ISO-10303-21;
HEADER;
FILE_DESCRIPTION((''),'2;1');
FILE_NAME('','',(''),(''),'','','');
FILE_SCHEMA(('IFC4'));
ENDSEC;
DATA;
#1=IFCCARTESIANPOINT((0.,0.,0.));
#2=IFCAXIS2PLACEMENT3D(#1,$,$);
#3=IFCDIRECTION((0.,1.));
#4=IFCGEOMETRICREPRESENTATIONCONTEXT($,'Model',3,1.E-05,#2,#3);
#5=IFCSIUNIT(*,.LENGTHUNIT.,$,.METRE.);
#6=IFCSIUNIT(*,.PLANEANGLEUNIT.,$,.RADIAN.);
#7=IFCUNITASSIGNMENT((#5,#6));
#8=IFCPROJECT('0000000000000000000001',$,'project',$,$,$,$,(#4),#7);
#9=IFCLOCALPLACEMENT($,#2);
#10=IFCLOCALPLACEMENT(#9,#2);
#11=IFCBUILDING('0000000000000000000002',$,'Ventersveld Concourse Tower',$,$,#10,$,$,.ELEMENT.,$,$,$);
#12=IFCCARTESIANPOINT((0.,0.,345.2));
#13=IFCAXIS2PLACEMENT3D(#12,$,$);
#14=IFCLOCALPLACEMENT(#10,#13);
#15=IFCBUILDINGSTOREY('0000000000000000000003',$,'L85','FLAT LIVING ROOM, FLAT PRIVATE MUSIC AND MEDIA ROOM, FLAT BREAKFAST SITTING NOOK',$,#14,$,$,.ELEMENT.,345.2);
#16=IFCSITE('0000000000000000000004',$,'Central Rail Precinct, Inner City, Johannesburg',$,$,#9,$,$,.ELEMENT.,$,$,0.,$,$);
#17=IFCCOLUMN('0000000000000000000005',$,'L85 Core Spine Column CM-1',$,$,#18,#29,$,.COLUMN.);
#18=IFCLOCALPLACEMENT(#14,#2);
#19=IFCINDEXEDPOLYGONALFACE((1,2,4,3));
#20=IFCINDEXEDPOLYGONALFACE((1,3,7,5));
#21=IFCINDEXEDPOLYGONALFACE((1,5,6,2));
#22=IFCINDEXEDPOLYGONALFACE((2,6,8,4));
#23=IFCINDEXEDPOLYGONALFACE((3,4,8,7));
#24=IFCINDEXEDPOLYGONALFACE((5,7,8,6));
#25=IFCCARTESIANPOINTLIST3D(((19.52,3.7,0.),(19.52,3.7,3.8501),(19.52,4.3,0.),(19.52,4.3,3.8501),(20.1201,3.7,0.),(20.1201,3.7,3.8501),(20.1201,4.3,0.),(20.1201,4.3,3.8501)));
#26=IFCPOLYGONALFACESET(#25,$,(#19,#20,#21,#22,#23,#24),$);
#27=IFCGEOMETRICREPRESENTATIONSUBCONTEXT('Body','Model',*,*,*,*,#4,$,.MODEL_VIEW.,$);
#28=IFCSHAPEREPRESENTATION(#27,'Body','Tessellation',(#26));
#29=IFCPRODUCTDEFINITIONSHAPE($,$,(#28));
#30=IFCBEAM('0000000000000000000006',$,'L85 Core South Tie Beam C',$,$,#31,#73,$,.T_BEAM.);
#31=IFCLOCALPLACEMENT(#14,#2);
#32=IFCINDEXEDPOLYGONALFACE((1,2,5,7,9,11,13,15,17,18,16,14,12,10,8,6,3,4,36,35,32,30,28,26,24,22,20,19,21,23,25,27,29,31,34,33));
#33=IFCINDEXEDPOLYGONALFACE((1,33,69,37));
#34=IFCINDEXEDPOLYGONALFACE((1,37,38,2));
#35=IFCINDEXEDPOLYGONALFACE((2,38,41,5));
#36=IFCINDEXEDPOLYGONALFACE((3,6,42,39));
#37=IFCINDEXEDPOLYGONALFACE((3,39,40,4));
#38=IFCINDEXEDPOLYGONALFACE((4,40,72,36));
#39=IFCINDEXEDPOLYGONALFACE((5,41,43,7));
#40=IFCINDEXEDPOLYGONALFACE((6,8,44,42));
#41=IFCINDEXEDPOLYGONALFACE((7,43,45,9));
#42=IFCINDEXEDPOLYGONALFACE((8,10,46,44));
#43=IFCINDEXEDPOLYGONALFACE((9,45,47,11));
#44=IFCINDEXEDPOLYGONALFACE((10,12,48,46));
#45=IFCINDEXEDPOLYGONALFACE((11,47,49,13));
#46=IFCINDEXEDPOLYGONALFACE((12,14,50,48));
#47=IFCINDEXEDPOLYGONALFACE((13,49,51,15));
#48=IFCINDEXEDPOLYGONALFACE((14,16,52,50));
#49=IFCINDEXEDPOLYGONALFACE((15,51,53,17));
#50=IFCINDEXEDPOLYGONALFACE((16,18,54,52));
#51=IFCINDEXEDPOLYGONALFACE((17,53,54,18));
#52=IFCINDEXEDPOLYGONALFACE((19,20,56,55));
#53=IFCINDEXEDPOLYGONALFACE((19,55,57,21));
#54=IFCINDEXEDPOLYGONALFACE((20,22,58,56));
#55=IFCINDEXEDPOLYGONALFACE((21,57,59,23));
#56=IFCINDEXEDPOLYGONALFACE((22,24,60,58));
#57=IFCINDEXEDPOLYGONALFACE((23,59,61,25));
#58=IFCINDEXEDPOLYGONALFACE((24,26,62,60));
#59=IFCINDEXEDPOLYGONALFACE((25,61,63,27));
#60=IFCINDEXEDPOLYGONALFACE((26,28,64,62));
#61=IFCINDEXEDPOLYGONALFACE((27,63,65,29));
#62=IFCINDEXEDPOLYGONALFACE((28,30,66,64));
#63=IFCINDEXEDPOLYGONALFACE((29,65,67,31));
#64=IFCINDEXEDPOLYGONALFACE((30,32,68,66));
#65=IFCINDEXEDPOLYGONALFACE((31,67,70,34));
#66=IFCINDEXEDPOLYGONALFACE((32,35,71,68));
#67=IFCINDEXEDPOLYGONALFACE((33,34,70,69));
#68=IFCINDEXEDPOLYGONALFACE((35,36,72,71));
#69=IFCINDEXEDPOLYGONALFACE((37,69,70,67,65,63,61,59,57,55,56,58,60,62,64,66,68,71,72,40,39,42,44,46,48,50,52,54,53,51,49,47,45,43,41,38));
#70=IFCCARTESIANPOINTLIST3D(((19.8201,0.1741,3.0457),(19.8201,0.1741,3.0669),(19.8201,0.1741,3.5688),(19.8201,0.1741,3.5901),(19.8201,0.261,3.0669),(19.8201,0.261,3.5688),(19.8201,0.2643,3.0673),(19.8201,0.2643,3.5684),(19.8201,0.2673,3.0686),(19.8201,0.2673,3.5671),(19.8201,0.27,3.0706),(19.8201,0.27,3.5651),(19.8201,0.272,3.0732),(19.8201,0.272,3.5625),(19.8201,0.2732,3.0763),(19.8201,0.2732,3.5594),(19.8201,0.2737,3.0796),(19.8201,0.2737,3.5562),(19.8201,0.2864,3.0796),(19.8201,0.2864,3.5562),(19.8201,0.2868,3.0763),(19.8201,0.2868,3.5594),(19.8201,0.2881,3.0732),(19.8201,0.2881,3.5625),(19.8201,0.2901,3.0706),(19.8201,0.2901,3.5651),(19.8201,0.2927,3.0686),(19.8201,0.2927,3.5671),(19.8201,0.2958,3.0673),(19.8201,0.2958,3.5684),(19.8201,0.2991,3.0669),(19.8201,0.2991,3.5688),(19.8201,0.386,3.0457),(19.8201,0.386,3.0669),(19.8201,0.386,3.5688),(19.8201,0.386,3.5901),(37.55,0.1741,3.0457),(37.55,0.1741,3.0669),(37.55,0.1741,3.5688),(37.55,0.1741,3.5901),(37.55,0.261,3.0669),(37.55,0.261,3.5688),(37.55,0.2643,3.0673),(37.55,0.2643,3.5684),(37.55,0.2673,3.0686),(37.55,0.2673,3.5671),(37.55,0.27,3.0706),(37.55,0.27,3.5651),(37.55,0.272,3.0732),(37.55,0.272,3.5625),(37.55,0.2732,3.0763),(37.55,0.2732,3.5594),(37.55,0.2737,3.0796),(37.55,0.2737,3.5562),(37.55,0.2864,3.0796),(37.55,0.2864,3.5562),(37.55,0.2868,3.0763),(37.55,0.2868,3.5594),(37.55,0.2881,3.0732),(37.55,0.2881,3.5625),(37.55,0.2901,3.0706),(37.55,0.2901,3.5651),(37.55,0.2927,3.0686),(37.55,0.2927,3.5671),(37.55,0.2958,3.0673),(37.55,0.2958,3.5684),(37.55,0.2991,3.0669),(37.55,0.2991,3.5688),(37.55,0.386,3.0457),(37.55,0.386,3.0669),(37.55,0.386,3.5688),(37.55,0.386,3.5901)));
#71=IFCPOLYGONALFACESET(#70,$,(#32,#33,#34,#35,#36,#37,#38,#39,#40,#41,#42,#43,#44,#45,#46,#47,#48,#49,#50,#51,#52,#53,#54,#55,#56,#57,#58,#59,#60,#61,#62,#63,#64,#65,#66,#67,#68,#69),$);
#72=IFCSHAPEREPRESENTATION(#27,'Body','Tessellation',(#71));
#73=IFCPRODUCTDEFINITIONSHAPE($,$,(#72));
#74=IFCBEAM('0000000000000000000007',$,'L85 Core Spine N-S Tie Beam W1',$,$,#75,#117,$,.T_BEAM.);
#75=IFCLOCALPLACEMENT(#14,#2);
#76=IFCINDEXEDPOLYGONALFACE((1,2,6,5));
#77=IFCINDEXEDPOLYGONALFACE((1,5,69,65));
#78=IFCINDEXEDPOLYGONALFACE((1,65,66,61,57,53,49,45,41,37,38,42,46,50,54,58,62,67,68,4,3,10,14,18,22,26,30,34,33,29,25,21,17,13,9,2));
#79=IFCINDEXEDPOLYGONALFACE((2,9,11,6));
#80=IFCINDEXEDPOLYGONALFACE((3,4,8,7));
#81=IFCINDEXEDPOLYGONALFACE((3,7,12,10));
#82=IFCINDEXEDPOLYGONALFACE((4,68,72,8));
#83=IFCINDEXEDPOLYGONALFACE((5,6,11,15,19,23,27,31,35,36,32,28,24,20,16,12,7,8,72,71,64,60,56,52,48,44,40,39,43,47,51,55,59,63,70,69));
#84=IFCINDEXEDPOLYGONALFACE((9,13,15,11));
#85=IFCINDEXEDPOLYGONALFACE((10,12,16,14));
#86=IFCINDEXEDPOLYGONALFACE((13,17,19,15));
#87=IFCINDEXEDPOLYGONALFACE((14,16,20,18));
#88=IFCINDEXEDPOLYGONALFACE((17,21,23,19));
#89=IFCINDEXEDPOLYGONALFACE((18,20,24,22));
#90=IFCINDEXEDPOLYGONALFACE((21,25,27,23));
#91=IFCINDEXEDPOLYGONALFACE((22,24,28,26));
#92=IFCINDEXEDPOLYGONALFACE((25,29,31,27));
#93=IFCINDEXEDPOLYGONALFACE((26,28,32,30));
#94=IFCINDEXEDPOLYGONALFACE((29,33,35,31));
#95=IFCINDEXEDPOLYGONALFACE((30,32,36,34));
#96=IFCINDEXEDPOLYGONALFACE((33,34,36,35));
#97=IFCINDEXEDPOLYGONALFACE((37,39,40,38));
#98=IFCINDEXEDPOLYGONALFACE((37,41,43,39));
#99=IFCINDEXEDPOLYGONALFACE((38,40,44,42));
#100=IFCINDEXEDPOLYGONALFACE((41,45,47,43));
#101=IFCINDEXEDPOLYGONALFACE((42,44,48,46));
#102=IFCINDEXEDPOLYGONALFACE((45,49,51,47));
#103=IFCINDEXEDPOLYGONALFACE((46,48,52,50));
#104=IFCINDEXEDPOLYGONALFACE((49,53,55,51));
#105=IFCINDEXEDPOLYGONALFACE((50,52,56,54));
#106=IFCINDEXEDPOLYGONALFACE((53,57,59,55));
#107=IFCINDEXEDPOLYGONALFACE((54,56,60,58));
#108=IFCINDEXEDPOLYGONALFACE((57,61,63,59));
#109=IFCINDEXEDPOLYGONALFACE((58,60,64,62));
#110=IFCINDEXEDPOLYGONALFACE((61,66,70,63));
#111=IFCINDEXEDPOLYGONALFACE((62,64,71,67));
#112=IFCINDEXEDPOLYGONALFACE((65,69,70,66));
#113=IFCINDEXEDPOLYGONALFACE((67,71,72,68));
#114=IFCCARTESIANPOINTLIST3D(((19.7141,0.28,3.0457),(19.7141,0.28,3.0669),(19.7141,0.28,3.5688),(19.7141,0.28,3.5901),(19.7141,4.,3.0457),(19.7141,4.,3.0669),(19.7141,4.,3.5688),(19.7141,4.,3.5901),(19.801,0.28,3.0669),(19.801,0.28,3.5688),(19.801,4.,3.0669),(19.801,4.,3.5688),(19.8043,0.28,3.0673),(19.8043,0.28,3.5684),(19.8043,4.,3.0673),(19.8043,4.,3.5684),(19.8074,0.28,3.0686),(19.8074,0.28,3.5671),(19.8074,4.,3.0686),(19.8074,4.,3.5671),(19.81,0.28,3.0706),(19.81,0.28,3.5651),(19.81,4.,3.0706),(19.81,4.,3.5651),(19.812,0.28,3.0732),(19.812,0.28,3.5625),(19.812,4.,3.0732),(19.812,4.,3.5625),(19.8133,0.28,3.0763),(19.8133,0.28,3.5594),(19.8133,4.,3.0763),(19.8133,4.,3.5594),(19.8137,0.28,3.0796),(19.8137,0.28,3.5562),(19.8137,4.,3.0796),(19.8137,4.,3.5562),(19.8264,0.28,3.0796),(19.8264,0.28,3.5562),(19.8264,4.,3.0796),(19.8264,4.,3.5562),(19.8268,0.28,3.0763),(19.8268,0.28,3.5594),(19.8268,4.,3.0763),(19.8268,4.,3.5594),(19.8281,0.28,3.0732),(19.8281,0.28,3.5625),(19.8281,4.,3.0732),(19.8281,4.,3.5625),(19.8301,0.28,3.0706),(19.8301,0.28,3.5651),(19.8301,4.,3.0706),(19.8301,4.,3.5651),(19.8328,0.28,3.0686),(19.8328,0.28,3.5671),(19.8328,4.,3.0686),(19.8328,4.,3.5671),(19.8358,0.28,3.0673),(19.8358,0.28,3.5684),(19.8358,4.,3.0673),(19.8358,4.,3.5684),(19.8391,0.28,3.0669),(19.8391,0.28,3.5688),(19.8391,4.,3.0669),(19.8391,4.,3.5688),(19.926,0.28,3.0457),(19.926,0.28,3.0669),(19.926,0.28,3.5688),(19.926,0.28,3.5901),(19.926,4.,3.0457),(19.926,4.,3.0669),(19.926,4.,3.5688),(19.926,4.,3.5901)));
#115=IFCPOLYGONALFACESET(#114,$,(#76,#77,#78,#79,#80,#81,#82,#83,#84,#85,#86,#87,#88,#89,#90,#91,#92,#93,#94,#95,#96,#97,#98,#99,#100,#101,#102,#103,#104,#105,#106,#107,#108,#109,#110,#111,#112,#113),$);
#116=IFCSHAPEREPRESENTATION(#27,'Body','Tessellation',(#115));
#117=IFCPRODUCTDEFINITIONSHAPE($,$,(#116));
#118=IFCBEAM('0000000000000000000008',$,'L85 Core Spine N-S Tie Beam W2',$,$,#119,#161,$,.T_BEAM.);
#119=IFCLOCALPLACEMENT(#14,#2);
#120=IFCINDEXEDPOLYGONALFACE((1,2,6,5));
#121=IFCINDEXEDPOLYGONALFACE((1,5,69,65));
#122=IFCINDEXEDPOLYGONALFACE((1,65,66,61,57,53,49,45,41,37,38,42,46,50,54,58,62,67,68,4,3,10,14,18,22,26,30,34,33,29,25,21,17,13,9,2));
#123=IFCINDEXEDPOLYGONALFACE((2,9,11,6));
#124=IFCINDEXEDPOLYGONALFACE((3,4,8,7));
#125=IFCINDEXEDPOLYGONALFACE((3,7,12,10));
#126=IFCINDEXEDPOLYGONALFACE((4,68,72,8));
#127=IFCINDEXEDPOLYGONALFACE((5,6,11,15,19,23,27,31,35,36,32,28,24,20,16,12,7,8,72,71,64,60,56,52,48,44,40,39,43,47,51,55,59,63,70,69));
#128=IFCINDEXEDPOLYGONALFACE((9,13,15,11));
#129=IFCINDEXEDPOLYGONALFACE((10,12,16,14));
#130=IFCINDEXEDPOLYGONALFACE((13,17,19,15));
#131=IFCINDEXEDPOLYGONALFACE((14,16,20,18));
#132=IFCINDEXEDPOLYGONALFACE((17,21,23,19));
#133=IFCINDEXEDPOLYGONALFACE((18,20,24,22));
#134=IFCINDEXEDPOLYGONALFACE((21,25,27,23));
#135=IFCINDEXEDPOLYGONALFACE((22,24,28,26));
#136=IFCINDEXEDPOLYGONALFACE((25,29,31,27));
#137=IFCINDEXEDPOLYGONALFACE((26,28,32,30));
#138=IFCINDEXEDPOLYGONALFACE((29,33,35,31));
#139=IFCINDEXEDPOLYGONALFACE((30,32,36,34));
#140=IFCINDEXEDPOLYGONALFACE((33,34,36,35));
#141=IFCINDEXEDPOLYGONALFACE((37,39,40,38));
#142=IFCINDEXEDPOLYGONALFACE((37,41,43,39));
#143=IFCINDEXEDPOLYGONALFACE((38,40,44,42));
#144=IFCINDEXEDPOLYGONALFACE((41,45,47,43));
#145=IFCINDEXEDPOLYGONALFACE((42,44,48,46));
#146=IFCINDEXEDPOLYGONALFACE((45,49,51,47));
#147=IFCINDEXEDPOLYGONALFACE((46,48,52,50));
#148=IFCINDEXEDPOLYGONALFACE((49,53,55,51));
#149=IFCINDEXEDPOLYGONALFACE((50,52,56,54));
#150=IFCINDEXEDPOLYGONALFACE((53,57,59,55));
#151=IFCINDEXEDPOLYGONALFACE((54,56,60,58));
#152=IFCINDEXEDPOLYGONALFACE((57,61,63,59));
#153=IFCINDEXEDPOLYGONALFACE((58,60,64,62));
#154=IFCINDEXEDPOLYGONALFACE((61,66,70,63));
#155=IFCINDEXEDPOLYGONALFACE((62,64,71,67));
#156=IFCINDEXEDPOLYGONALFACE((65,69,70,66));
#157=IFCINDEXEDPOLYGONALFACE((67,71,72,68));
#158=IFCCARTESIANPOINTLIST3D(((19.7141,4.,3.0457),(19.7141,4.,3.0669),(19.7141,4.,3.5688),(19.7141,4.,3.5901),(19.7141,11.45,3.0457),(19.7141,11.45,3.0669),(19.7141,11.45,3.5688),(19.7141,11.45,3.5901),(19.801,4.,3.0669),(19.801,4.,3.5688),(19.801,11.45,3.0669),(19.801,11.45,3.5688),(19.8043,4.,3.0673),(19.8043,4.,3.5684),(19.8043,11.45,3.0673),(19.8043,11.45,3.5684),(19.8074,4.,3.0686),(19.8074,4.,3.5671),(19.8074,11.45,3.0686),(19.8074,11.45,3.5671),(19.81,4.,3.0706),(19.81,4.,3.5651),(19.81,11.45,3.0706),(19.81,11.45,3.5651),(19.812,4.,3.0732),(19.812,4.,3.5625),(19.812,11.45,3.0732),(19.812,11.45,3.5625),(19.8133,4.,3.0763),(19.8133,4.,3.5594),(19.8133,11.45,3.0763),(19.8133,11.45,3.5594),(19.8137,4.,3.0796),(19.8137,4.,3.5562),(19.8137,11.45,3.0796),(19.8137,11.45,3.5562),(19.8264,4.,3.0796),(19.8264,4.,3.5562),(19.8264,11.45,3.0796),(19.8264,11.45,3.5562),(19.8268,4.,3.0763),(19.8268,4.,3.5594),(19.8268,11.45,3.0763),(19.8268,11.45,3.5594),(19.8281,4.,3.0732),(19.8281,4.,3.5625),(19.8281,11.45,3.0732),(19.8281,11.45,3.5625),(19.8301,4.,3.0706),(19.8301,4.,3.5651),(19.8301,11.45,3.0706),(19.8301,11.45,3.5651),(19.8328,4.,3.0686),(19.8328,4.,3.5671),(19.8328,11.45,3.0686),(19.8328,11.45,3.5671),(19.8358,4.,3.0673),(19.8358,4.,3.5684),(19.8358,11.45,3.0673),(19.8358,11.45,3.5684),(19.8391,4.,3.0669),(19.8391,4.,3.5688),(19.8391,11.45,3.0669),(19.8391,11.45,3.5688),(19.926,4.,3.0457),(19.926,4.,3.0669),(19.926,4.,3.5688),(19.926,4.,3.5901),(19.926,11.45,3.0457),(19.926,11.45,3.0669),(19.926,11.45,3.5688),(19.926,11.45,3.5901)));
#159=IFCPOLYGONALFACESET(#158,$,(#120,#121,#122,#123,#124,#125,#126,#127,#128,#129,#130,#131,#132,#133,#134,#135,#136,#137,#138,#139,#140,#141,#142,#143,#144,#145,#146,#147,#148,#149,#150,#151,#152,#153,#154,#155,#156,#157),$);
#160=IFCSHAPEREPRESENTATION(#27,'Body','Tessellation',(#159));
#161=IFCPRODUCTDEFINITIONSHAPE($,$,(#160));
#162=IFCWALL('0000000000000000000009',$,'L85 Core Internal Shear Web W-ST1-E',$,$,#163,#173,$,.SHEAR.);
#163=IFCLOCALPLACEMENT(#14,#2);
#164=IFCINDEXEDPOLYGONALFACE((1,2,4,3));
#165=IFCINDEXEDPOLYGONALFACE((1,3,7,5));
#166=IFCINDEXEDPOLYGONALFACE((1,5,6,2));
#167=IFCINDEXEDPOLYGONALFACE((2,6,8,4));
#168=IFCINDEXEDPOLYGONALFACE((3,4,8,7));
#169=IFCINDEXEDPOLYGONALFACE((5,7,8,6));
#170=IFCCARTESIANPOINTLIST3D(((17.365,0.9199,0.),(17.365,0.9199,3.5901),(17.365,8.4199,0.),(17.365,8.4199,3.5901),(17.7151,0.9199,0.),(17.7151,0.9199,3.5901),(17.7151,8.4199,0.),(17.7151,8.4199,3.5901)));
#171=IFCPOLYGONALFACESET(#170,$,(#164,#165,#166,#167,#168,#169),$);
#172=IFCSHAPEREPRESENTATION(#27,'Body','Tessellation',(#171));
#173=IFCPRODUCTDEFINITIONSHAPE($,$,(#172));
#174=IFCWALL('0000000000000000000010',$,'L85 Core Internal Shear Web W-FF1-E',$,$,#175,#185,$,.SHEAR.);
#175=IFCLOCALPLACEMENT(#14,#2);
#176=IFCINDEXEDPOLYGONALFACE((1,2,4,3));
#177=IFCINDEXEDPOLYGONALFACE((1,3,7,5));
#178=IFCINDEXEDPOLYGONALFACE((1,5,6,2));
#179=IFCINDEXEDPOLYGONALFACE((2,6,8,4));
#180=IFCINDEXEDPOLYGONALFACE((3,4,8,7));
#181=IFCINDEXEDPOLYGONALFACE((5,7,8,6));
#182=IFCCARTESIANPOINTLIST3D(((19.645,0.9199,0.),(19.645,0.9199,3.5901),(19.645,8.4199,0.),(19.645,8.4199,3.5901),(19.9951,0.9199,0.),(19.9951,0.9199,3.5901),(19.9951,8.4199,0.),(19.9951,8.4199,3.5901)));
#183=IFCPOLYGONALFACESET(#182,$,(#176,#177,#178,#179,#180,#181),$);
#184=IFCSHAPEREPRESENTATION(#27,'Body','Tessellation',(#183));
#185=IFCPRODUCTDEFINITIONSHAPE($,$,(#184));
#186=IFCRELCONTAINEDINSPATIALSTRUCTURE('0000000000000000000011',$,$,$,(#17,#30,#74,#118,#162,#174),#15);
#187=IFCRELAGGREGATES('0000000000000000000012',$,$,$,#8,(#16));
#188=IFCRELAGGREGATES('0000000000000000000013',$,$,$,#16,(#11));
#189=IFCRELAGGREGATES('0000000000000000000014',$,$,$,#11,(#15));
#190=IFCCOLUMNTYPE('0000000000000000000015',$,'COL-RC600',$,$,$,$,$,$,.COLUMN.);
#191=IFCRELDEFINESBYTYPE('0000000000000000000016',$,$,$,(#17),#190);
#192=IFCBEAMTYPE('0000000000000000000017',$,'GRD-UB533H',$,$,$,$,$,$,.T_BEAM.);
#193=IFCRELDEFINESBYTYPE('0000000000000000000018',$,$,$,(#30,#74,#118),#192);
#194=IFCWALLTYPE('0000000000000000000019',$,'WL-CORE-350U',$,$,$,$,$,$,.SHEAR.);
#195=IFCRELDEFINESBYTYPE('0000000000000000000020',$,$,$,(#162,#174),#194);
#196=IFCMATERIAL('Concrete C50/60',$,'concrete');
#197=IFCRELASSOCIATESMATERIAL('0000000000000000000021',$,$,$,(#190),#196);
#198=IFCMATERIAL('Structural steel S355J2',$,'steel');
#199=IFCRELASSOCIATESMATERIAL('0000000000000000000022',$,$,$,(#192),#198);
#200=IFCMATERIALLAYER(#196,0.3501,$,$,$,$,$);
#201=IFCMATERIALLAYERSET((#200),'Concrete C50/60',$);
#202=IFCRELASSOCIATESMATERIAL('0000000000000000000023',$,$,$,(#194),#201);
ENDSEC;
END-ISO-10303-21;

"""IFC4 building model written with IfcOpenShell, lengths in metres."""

from ifc_helpers import new_model, si_unit, direction, frame, frame_2d, origin, origin_2d, place, context, subcontext, project, spatial, rectangle, i_section, extrude, material, layer, layer_set, material_profile, profile_set, type_object, element, save


model = new_model("IFC4")

# Units and contexts
model_context = context("Model", 3, precision=1e-05, world=origin(), true_north=direction((0.0, 1.0)))
body_context = subcontext(model_context, "Body", "Model", "MODEL_VIEW")
ifc_project = project(units=[si_unit("LENGTHUNIT", "METRE"), si_unit("PLANEANGLEUNIT", "RADIAN")], contexts=[model_context])

# Site, building, storey
site_placement = place(None, origin())
site = spatial("IfcSite", under=ifc_project, at=site_placement, Name="Central Rail Precinct, Inner City, Johannesburg", CompositionType="ELEMENT", RefElevation=0.0)
building_placement = place(site_placement, origin())
building = spatial("IfcBuilding", under=site, at=building_placement, Name="Ventersveld Concourse Tower", CompositionType="ELEMENT")
storey_placement = place(building_placement, frame((0.0, 0.0, 345.2)))
storey = spatial("IfcBuildingStorey", under=building, at=storey_placement, Name="L85", Description="FLAT LIVING ROOM, FLAT PRIVATE MUSIC AND MEDIA ROOM, FLAT BREAKFAST SITTING NOOK", CompositionType="ELEMENT", Elevation=345.2)

# Column
ifc_material_1 = material(Name="Concrete C50/60", Category="concrete")
ifc_material_profile_1 = material_profile(ifc_material_1, rectangle(XDim=0.6001, YDim=0.6001, at=origin_2d()), Name="RC 600x600")
ifc_profile_set_1 = profile_set([ifc_material_profile_1], Name="Concrete C50/60")
column_type = type_object("IfcColumnType", Name="COL-RC600", PredefinedType="COLUMN", material=ifc_profile_set_1)
column_placement = place(storey_placement, frame((19.8201, 4.0, 0.0), z_axis=(0.0, 0.0, 1.0), x_axis=(1.0, 0.0, 0.0)))
element("IfcColumn", 1, at=column_placement, inside=storey, type_object=column_type, Name="L85 Core Spine Column CM-1", PredefinedType="COLUMN", context=body_context, shape_type="SweptSolid", body=[
    extrude(rectangle(XDim=0.6001, YDim=0.6001, at=origin_2d()), origin(), (0.0, 0.0, 1.0), 3.8501),
])

# Beams
ifc_material_2 = material(Name="Structural steel S355J2", Category="steel")
ifc_material_profile_2 = material_profile(ifc_material_2, i_section(OverallWidth=0.2119, OverallDepth=0.5444, WebThickness=0.0127, FlangeThickness=0.0212, FilletRadius=0.0127, at=origin_2d()), Name="UB 533x210x122")
ifc_profile_set_2 = profile_set([ifc_material_profile_2], Name="Structural steel S355J2")
beam_type = type_object("IfcBeamType", Name="GRD-UB533H", PredefinedType="T_BEAM", material=ifc_profile_set_2)
beam_1_placement = place(storey_placement, frame((19.8201, 0.28, 3.3179), z_axis=(1.0, 0.0, 0.0), x_axis=(0.0, 1.0, 0.0)))
element("IfcBeam", 2, at=beam_1_placement, inside=storey, type_object=beam_type, Name="L85 Core South Tie Beam C", PredefinedType="T_BEAM", context=body_context, shape_type="SweptSolid", body=[
    extrude(i_section(OverallWidth=0.2119, OverallDepth=0.5444, WebThickness=0.0127, FlangeThickness=0.0212, FilletRadius=0.0127, at=origin_2d()), origin(), (0.0, 0.0, 1.0), 17.73),
])
beam_2_placement = place(storey_placement, frame((19.8201, 0.28, 3.3179), z_axis=(0.0, 1.0, 0.0), x_axis=(-1.0, 0.0, 0.0)))
element("IfcBeam", 3, at=beam_2_placement, inside=storey, type_object=beam_type, Name="L85 Core Spine N-S Tie Beam W1", PredefinedType="T_BEAM", context=body_context, shape_type="SweptSolid", body=[
    extrude(i_section(OverallWidth=0.2119, OverallDepth=0.5444, WebThickness=0.0127, FlangeThickness=0.0212, FilletRadius=0.0127, at=origin_2d()), origin(), (0.0, 0.0, 1.0), 3.72),
])
beam_3_placement = place(storey_placement, frame((19.8201, 4.0, 3.3179), z_axis=(0.0, 1.0, 0.0), x_axis=(-1.0, 0.0, 0.0)))
element("IfcBeam", 4, at=beam_3_placement, inside=storey, type_object=beam_type, Name="L85 Core Spine N-S Tie Beam W2", PredefinedType="T_BEAM", context=body_context, shape_type="SweptSolid", body=[
    extrude(i_section(OverallWidth=0.2119, OverallDepth=0.5444, WebThickness=0.0127, FlangeThickness=0.0212, FilletRadius=0.0127, at=origin_2d()), origin(), (0.0, 0.0, 1.0), 7.45),
])

# Walls
ifc_layer_1 = layer(ifc_material_1, 0.3501)
ifc_layer_set_1 = layer_set([ifc_layer_1], Name="Concrete C50/60")
wall_type_1 = type_object("IfcWallType", Name="WL-CORE-350U", PredefinedType="SHEAR", material=ifc_layer_set_1)
for number, where, z_axis, x_axis, name in (
    (5, (17.54, 0.9199, 0.0), (0.0, 0.0, 1.0), (0.0, 1.0, 0.0), "L85 Core Internal Shear Web W-ST1-E"),
    (6, (19.8201, 0.9199, 0.0), (0.0, 0.0, 1.0), (0.0, 1.0, 0.0), "L85 Core Internal Shear Web W-FF1-E"),
):
    element("IfcWall", number, at=place(storey_placement, frame(where, z_axis=z_axis, x_axis=x_axis)), inside=storey, type_object=wall_type_1, Name=name, PredefinedType="SHEAR", context=body_context, shape_type="SweptSolid", body=[
        extrude(rectangle(XDim=7.5, YDim=0.3501, at=frame_2d((3.75, 0.0))), origin(), (0.0, 0.0, 1.0), 3.5901),
    ])

save(model, "model.ifc")
